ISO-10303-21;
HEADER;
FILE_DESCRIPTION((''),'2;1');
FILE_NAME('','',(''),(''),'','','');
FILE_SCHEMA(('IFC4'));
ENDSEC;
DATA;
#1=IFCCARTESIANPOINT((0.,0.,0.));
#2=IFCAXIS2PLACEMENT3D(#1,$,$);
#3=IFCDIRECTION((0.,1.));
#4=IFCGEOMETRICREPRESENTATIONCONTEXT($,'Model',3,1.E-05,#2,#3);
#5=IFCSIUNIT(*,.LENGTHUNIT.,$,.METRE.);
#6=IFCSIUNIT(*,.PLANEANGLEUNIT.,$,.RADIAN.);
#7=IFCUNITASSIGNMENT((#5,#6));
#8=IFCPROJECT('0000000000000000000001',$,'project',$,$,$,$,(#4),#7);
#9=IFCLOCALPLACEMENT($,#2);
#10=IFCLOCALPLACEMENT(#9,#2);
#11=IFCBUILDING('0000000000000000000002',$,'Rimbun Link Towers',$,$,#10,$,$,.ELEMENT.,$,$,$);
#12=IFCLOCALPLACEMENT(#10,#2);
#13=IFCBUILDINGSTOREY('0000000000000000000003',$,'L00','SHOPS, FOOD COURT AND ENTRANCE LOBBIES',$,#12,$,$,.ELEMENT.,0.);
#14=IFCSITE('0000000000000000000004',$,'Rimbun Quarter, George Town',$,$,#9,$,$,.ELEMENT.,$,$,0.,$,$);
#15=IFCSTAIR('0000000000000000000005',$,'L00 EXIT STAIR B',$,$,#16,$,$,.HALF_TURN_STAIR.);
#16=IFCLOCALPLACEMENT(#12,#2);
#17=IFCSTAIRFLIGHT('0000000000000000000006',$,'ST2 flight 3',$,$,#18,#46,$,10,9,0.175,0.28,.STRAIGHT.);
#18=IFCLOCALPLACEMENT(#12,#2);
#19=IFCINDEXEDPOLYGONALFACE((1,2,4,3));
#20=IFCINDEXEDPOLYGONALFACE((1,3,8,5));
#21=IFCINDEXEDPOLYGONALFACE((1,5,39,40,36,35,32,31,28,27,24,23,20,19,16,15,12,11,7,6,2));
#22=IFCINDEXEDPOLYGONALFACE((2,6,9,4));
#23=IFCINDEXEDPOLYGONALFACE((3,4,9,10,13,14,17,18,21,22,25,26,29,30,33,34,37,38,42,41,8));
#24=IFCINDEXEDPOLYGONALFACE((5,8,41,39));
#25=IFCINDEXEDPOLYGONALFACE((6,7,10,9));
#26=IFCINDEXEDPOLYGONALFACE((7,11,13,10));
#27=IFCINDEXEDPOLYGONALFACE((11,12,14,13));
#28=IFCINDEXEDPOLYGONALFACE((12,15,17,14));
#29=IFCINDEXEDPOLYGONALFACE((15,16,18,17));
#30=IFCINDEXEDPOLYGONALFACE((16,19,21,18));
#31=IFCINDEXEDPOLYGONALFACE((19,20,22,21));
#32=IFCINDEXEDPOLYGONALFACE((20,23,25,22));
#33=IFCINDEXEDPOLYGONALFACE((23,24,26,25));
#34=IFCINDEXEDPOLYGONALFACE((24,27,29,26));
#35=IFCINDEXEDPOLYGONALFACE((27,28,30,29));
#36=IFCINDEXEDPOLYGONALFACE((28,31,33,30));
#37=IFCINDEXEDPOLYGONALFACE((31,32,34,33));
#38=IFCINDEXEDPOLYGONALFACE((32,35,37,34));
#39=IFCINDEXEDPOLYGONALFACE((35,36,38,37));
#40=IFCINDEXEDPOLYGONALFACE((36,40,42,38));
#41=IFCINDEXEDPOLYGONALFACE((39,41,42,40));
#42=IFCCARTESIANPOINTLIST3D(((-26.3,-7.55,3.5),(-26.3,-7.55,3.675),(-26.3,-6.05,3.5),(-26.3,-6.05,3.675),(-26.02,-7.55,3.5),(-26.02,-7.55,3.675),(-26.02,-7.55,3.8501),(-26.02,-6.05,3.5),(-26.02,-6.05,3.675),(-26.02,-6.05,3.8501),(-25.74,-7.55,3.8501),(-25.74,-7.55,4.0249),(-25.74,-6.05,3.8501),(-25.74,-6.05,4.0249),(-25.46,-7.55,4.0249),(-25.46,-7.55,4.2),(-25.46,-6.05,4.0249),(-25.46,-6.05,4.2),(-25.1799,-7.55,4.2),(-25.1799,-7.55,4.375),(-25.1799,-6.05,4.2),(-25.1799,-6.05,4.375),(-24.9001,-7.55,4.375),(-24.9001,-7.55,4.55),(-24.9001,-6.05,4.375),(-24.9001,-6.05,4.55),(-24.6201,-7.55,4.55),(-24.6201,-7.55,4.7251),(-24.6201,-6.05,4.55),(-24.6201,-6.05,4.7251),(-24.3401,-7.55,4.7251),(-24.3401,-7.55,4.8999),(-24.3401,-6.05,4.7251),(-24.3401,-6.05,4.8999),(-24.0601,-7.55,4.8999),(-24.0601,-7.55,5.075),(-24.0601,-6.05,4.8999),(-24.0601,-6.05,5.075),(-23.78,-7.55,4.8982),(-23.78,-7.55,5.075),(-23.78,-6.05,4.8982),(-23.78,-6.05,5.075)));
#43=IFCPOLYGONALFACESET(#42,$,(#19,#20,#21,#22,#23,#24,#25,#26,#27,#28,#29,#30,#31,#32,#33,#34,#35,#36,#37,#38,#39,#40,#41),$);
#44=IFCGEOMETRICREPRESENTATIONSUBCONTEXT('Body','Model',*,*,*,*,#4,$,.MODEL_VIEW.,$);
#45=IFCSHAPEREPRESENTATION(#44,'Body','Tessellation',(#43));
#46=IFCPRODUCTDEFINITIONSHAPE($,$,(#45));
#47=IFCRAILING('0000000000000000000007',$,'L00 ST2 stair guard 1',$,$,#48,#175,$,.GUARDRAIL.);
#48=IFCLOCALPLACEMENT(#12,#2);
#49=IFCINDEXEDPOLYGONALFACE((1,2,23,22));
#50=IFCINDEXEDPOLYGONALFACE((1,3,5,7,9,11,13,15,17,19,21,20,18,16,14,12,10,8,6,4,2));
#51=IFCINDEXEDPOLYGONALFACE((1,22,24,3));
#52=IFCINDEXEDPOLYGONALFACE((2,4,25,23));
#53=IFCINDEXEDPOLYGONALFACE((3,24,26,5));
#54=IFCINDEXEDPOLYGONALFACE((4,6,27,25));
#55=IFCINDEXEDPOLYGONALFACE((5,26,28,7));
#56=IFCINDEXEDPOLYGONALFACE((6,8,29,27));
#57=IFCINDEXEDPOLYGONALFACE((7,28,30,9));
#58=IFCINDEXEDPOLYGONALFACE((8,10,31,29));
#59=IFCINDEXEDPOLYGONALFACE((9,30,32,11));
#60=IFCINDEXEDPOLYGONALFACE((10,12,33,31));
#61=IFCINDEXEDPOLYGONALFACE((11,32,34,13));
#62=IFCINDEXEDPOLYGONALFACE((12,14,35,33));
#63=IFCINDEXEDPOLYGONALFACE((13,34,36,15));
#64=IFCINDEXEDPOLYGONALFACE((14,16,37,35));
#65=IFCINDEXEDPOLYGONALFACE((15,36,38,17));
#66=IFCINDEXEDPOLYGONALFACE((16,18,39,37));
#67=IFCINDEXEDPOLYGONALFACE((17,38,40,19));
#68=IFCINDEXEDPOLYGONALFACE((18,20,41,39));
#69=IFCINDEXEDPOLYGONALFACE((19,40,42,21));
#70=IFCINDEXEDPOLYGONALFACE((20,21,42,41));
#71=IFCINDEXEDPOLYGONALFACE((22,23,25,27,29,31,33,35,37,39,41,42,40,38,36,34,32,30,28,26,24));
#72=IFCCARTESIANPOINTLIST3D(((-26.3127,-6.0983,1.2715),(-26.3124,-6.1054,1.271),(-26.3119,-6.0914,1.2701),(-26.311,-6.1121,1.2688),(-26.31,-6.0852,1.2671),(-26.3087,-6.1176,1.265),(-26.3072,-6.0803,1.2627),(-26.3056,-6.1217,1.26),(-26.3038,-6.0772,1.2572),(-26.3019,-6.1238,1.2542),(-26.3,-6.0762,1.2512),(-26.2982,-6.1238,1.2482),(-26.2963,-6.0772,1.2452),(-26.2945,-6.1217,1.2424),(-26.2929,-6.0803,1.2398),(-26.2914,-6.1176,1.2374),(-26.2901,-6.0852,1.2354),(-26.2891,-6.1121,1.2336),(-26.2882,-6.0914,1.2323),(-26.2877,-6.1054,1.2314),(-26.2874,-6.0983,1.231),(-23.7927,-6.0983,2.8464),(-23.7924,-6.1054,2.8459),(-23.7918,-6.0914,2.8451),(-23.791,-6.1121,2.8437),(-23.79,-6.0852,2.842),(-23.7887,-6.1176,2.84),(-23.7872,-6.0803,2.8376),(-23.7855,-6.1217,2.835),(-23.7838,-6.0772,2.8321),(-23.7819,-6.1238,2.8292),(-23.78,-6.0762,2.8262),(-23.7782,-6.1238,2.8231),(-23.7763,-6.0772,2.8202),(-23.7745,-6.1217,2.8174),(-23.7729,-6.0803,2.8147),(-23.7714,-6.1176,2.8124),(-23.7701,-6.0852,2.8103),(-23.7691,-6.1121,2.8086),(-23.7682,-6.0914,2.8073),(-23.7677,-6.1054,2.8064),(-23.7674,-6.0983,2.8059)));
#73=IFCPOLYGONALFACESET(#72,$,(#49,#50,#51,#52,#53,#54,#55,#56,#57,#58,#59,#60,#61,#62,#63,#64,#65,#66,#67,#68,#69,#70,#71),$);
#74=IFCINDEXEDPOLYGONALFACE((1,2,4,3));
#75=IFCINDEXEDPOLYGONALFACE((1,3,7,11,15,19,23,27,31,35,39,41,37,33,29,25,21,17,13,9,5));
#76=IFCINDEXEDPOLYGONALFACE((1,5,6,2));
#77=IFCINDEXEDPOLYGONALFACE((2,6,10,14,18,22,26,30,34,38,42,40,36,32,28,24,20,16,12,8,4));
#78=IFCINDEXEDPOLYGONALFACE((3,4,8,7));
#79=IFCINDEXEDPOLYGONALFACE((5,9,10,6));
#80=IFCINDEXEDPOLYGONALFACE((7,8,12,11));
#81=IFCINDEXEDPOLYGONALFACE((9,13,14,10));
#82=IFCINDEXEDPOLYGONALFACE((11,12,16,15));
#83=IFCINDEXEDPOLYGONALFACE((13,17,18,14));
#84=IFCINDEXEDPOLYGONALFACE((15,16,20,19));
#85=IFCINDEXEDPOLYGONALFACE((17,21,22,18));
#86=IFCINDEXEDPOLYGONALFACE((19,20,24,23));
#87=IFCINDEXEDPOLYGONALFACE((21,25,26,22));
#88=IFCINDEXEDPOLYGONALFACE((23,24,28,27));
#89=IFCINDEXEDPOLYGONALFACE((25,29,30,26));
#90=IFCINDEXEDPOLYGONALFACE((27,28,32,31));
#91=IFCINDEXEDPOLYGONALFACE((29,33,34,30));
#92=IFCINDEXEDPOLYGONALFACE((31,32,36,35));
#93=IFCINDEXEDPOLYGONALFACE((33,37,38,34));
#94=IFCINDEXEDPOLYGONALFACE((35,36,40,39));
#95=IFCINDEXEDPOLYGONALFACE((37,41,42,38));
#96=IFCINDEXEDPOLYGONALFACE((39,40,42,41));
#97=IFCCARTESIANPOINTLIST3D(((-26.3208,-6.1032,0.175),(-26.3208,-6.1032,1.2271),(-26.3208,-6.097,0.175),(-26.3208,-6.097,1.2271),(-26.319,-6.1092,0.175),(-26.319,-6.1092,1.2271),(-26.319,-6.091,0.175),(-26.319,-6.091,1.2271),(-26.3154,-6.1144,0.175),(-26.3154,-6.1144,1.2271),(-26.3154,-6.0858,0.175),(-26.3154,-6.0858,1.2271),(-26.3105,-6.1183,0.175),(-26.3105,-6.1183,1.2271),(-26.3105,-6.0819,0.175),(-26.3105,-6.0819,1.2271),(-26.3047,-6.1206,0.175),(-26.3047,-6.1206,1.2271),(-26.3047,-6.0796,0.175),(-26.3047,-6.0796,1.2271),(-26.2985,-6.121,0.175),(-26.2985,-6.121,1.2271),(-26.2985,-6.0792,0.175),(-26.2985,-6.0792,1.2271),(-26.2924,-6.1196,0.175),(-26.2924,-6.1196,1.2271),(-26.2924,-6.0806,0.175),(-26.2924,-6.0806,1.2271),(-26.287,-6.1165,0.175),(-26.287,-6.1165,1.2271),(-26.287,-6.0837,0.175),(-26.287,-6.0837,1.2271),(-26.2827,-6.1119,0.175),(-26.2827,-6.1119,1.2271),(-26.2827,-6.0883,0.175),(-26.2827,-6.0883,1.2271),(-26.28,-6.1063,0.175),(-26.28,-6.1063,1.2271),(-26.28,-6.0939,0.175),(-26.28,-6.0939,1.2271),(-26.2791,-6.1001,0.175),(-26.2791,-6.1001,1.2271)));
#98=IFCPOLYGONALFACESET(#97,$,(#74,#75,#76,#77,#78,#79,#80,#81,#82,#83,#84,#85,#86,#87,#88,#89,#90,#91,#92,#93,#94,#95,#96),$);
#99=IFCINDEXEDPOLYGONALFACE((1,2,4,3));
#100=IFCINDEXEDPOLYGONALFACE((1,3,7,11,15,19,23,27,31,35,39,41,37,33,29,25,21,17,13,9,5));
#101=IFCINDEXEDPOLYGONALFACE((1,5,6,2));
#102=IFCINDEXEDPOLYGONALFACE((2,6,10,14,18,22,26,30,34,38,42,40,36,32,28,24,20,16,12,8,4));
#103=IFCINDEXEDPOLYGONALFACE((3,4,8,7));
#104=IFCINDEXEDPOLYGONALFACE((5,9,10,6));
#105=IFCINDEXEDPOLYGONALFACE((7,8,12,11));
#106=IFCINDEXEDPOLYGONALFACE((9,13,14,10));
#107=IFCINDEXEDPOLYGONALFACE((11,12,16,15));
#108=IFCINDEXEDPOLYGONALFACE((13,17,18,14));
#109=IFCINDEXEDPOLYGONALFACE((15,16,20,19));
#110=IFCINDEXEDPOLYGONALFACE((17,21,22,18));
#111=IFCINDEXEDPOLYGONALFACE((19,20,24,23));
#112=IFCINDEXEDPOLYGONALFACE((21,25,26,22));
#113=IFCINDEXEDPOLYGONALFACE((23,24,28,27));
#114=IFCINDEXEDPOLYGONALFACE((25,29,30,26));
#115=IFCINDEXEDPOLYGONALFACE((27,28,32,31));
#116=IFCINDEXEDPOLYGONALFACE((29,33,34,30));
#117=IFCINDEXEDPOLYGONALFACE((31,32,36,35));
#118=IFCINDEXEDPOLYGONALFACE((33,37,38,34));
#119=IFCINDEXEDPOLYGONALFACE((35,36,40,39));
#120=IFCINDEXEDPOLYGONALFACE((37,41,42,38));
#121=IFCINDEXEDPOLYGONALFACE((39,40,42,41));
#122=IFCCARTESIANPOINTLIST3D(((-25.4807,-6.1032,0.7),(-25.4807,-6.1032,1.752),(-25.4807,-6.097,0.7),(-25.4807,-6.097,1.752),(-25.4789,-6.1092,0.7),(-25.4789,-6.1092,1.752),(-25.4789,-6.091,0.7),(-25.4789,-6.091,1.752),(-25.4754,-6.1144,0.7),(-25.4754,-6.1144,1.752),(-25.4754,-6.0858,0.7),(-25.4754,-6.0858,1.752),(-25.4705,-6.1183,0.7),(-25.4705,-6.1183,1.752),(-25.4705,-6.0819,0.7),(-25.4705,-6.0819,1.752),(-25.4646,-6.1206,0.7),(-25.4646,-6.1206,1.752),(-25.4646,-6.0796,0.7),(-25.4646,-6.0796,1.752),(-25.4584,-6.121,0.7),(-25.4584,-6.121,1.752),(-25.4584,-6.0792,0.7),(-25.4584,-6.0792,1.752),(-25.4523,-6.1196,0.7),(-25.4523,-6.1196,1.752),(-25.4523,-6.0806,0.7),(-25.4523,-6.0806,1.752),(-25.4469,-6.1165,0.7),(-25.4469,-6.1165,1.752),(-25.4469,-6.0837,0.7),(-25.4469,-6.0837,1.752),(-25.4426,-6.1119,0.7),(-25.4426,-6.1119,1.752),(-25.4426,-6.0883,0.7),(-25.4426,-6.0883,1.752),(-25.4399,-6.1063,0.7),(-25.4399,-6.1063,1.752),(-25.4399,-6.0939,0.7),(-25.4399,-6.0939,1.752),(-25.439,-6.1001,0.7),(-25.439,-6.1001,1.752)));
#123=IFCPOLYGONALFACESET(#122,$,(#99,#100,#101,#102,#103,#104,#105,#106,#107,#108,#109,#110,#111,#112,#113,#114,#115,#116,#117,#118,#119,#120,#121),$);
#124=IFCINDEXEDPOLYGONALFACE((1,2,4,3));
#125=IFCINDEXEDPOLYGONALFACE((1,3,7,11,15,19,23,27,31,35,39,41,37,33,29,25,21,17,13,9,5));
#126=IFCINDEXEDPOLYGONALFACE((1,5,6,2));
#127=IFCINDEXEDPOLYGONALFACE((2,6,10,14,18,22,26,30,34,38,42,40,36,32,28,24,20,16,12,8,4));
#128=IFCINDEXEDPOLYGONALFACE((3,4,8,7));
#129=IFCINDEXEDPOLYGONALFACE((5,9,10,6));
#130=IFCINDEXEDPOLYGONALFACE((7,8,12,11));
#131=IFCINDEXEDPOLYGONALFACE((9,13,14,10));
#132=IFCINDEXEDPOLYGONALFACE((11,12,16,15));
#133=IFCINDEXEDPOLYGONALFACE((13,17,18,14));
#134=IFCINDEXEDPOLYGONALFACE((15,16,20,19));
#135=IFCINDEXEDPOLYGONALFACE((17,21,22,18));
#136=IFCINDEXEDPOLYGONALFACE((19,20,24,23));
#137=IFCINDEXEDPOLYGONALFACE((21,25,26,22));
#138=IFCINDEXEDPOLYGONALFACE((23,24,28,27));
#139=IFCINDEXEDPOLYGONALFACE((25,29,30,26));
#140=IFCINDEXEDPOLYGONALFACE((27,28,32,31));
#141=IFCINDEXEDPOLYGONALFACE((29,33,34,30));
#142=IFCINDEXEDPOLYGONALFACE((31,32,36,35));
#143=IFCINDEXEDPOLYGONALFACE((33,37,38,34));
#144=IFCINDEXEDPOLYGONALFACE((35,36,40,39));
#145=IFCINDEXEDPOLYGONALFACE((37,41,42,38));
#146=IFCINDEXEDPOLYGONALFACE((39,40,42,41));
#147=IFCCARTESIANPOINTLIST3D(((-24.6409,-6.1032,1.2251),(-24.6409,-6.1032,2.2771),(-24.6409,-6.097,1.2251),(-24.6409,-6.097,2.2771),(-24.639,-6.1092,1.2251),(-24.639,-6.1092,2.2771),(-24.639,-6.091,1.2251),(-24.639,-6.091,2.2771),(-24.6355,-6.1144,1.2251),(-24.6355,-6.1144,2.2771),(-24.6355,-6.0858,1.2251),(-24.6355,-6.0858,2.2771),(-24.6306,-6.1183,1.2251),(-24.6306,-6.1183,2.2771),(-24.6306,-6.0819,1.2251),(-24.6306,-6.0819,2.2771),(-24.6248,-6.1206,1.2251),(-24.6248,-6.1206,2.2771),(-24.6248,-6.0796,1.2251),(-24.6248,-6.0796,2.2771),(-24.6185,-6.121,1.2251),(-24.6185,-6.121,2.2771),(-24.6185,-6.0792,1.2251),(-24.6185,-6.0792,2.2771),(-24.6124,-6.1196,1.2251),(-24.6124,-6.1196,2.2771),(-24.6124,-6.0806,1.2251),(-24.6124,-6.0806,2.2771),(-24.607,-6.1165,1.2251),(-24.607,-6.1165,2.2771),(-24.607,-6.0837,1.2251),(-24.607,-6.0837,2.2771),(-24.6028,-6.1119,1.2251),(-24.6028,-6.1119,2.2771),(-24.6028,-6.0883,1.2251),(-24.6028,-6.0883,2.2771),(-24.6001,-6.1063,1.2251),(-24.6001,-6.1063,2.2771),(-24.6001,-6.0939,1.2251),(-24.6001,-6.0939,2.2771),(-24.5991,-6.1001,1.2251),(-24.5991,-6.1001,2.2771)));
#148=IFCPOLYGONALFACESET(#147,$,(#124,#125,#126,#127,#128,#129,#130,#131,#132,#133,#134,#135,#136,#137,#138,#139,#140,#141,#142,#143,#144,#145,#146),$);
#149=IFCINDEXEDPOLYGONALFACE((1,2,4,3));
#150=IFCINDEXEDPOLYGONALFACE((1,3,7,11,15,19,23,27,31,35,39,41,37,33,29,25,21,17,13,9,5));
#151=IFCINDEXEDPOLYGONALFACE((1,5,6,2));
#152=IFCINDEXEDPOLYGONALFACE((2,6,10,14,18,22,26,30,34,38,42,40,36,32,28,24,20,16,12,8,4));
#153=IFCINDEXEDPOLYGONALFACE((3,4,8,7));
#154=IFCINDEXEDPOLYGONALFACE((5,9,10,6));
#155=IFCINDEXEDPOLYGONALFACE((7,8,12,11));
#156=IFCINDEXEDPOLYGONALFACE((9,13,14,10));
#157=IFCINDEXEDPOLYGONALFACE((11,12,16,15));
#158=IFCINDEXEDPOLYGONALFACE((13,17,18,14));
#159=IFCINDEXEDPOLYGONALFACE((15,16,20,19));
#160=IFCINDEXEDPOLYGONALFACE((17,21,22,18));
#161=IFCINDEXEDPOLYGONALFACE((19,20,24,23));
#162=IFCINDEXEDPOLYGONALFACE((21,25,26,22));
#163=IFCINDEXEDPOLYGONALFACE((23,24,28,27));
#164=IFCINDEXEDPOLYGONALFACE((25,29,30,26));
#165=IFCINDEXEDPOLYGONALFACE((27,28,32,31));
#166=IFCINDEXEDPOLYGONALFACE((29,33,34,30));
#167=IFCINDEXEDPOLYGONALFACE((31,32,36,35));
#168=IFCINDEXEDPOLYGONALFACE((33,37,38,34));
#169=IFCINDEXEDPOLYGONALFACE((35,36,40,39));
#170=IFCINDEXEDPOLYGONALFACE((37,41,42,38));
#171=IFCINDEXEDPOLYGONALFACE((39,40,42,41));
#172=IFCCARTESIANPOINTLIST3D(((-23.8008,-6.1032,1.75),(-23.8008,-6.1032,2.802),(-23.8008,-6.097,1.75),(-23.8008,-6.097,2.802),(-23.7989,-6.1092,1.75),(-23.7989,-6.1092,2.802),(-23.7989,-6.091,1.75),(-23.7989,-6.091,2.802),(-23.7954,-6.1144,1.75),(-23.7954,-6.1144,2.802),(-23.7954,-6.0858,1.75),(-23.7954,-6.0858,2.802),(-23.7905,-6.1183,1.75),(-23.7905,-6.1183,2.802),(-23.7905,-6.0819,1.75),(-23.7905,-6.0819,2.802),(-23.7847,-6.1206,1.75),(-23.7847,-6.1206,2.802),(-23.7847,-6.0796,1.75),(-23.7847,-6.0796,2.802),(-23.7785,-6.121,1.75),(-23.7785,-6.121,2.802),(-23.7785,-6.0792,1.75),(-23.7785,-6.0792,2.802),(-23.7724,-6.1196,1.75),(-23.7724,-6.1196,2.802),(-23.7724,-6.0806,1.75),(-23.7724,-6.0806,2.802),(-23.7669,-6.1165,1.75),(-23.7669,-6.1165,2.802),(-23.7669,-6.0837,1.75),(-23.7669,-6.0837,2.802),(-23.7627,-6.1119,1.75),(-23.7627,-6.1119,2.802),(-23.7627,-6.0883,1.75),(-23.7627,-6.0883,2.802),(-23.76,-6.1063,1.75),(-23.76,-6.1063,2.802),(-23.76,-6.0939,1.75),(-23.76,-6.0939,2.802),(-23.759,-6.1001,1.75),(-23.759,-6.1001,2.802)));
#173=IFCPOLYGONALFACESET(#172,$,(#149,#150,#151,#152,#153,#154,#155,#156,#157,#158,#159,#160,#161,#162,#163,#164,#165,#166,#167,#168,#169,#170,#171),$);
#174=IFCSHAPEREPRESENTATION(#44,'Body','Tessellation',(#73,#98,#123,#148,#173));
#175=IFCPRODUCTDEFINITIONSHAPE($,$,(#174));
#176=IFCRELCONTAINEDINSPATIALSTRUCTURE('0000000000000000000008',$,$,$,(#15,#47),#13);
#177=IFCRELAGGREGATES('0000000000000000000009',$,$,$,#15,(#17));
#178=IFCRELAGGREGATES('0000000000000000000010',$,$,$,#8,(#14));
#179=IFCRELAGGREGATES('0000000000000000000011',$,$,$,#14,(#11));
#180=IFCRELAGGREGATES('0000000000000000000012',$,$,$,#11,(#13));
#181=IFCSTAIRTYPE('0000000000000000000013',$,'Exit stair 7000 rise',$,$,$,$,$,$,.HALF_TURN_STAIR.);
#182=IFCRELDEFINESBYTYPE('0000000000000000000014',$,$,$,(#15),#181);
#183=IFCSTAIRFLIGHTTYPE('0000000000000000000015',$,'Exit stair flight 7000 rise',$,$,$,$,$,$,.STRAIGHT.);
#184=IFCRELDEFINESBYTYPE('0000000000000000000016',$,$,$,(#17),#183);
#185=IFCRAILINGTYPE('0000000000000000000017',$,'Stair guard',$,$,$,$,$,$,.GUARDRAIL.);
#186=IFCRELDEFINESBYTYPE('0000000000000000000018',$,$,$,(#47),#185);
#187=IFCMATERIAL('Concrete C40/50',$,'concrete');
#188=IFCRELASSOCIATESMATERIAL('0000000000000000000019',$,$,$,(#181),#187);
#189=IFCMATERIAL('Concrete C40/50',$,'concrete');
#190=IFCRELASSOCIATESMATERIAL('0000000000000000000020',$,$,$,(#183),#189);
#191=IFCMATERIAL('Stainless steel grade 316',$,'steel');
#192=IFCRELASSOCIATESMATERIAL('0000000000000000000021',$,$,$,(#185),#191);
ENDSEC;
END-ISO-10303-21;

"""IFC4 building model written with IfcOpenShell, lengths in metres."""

from ifc_helpers import new_model, si_unit, direction, frame, origin, origin_2d, place, context, subcontext, project, spatial, polyline, circle, outline, extrude, material, type_object, element, aggregate, save


model = new_model("IFC4")

# Units and contexts
model_context = context("Model", 3, precision=1e-05, world=origin(), true_north=direction((0.0, 1.0)))
body_context = subcontext(model_context, "Body", "Model", "MODEL_VIEW")
ifc_project = project(units=[si_unit("LENGTHUNIT", "METRE"), si_unit("PLANEANGLEUNIT", "RADIAN")], contexts=[model_context])

# Site, building, storey
site_placement = place(None, origin())
site = spatial("IfcSite", under=ifc_project, at=site_placement, Name="Rimbun Quarter, George Town", CompositionType="ELEMENT", RefElevation=0.0)
building_placement = place(site_placement, origin())
building = spatial("IfcBuilding", under=site, at=building_placement, Name="Rimbun Link Towers", CompositionType="ELEMENT")
storey_placement = place(building_placement, origin())
storey = spatial("IfcBuildingStorey", under=building, at=storey_placement, Name="L00", Description="SHOPS, FOOD COURT AND ENTRANCE LOBBIES", CompositionType="ELEMENT", Elevation=0.0)

# Stair, stair flight
ifc_material_1 = material(Name="Concrete C40/50", Category="concrete")
stair_type = type_object("IfcStairType", Name="Exit stair 7000 rise", PredefinedType="HALF_TURN_STAIR", material=ifc_material_1)
stair_placement = place(storey_placement, origin())
stair = element("IfcStair", 1, at=stair_placement, inside=storey, type_object=stair_type, Name="L00 EXIT STAIR B", PredefinedType="HALF_TURN_STAIR")
ifc_material_2 = material(Name="Concrete C40/50", Category="concrete")
stair_flight_type = type_object("IfcStairFlightType", Name="Exit stair flight 7000 rise", PredefinedType="STRAIGHT", material=ifc_material_2)
stair_flight_1_placement = place(storey_placement, frame((-26.3, -6.8, 3.5), z_axis=(0.0, 0.0, 1.0), x_axis=(1.0, 0.0, 0.0)))
stair_flight_1 = element("IfcStairFlight", 2, at=stair_flight_1_placement, type_object=stair_flight_type, Name="ST2 flight 3", NumberOfRisers=10, NumberOfTreads=9, PredefinedType="STRAIGHT", RiserHeight=0.175, TreadLength=0.28, context=body_context, shape_type="SweptSolid", body=[
    extrude(outline(polyline([(0.0, 0.0), (0.0, 0.175), (0.28, 0.175), (0.28, 0.3501), (0.5601, 0.3501), (0.5601, 0.5249), (0.8401, 0.5249), (0.8401, 0.7), (1.1201, 0.7), (1.1201, 0.875), (1.3999, 0.875), (1.3999, 1.05), (1.6799, 1.05), (1.6799, 1.2251), (1.96, 1.2251), (1.96, 1.3999), (2.24, 1.3999), (2.24, 1.575), (2.52, 1.575), (2.52, 1.75), (2.52, 1.3982), (0.28, 0.0), (0.0, 0.0)])), frame((0.0, 0.75, 0.0), z_axis=(0.0, -1.0, 0.0), x_axis=(1.0, 0.0, 0.0)), (0.0, 0.0, 1.0), 1.5),
])
aggregate(stair, [stair_flight_1])

# Railing
ifc_material_3 = material(Name="Stainless steel grade 316", Category="steel")
railing_type_1 = type_object("IfcRailingType", Name="Stair guard", PredefinedType="GUARDRAIL", material=ifc_material_3)
railing_1_placement = place(storey_placement, frame((-26.3, -6.1001, 0.175)))
element("IfcRailing", 3, at=railing_1_placement, inside=storey, type_object=railing_type_1, Name="L00 ST2 stair guard 1", PredefinedType="GUARDRAIL", context=body_context, shape_type="SweptSolid", body=[
    extrude(circle(Radius=0.0239, at=origin_2d()), frame((0.0, 0.0, 1.0762), z_axis=(0.848008, 0.0, 0.529984), x_axis=(0.0, 1.0, 0.0)), (0.0, 0.0, 1.0), 2.9717),
    extrude(circle(Radius=0.021, at=origin_2d()), origin(), (0.0, 0.0, 1.0), 1.052),
    extrude(circle(Radius=0.021, at=origin_2d()), frame((0.8401, 0.0, 0.5249)), (0.0, 0.0, 1.0), 1.052),
    extrude(circle(Radius=0.021, at=origin_2d()), frame((1.6799, 0.0, 1.05)), (0.0, 0.0, 1.0), 1.052),
    extrude(circle(Radius=0.021, at=origin_2d()), frame((2.52, 0.0, 1.575)), (0.0, 0.0, 1.0), 1.052),
])

save(model, "model.ifc")
